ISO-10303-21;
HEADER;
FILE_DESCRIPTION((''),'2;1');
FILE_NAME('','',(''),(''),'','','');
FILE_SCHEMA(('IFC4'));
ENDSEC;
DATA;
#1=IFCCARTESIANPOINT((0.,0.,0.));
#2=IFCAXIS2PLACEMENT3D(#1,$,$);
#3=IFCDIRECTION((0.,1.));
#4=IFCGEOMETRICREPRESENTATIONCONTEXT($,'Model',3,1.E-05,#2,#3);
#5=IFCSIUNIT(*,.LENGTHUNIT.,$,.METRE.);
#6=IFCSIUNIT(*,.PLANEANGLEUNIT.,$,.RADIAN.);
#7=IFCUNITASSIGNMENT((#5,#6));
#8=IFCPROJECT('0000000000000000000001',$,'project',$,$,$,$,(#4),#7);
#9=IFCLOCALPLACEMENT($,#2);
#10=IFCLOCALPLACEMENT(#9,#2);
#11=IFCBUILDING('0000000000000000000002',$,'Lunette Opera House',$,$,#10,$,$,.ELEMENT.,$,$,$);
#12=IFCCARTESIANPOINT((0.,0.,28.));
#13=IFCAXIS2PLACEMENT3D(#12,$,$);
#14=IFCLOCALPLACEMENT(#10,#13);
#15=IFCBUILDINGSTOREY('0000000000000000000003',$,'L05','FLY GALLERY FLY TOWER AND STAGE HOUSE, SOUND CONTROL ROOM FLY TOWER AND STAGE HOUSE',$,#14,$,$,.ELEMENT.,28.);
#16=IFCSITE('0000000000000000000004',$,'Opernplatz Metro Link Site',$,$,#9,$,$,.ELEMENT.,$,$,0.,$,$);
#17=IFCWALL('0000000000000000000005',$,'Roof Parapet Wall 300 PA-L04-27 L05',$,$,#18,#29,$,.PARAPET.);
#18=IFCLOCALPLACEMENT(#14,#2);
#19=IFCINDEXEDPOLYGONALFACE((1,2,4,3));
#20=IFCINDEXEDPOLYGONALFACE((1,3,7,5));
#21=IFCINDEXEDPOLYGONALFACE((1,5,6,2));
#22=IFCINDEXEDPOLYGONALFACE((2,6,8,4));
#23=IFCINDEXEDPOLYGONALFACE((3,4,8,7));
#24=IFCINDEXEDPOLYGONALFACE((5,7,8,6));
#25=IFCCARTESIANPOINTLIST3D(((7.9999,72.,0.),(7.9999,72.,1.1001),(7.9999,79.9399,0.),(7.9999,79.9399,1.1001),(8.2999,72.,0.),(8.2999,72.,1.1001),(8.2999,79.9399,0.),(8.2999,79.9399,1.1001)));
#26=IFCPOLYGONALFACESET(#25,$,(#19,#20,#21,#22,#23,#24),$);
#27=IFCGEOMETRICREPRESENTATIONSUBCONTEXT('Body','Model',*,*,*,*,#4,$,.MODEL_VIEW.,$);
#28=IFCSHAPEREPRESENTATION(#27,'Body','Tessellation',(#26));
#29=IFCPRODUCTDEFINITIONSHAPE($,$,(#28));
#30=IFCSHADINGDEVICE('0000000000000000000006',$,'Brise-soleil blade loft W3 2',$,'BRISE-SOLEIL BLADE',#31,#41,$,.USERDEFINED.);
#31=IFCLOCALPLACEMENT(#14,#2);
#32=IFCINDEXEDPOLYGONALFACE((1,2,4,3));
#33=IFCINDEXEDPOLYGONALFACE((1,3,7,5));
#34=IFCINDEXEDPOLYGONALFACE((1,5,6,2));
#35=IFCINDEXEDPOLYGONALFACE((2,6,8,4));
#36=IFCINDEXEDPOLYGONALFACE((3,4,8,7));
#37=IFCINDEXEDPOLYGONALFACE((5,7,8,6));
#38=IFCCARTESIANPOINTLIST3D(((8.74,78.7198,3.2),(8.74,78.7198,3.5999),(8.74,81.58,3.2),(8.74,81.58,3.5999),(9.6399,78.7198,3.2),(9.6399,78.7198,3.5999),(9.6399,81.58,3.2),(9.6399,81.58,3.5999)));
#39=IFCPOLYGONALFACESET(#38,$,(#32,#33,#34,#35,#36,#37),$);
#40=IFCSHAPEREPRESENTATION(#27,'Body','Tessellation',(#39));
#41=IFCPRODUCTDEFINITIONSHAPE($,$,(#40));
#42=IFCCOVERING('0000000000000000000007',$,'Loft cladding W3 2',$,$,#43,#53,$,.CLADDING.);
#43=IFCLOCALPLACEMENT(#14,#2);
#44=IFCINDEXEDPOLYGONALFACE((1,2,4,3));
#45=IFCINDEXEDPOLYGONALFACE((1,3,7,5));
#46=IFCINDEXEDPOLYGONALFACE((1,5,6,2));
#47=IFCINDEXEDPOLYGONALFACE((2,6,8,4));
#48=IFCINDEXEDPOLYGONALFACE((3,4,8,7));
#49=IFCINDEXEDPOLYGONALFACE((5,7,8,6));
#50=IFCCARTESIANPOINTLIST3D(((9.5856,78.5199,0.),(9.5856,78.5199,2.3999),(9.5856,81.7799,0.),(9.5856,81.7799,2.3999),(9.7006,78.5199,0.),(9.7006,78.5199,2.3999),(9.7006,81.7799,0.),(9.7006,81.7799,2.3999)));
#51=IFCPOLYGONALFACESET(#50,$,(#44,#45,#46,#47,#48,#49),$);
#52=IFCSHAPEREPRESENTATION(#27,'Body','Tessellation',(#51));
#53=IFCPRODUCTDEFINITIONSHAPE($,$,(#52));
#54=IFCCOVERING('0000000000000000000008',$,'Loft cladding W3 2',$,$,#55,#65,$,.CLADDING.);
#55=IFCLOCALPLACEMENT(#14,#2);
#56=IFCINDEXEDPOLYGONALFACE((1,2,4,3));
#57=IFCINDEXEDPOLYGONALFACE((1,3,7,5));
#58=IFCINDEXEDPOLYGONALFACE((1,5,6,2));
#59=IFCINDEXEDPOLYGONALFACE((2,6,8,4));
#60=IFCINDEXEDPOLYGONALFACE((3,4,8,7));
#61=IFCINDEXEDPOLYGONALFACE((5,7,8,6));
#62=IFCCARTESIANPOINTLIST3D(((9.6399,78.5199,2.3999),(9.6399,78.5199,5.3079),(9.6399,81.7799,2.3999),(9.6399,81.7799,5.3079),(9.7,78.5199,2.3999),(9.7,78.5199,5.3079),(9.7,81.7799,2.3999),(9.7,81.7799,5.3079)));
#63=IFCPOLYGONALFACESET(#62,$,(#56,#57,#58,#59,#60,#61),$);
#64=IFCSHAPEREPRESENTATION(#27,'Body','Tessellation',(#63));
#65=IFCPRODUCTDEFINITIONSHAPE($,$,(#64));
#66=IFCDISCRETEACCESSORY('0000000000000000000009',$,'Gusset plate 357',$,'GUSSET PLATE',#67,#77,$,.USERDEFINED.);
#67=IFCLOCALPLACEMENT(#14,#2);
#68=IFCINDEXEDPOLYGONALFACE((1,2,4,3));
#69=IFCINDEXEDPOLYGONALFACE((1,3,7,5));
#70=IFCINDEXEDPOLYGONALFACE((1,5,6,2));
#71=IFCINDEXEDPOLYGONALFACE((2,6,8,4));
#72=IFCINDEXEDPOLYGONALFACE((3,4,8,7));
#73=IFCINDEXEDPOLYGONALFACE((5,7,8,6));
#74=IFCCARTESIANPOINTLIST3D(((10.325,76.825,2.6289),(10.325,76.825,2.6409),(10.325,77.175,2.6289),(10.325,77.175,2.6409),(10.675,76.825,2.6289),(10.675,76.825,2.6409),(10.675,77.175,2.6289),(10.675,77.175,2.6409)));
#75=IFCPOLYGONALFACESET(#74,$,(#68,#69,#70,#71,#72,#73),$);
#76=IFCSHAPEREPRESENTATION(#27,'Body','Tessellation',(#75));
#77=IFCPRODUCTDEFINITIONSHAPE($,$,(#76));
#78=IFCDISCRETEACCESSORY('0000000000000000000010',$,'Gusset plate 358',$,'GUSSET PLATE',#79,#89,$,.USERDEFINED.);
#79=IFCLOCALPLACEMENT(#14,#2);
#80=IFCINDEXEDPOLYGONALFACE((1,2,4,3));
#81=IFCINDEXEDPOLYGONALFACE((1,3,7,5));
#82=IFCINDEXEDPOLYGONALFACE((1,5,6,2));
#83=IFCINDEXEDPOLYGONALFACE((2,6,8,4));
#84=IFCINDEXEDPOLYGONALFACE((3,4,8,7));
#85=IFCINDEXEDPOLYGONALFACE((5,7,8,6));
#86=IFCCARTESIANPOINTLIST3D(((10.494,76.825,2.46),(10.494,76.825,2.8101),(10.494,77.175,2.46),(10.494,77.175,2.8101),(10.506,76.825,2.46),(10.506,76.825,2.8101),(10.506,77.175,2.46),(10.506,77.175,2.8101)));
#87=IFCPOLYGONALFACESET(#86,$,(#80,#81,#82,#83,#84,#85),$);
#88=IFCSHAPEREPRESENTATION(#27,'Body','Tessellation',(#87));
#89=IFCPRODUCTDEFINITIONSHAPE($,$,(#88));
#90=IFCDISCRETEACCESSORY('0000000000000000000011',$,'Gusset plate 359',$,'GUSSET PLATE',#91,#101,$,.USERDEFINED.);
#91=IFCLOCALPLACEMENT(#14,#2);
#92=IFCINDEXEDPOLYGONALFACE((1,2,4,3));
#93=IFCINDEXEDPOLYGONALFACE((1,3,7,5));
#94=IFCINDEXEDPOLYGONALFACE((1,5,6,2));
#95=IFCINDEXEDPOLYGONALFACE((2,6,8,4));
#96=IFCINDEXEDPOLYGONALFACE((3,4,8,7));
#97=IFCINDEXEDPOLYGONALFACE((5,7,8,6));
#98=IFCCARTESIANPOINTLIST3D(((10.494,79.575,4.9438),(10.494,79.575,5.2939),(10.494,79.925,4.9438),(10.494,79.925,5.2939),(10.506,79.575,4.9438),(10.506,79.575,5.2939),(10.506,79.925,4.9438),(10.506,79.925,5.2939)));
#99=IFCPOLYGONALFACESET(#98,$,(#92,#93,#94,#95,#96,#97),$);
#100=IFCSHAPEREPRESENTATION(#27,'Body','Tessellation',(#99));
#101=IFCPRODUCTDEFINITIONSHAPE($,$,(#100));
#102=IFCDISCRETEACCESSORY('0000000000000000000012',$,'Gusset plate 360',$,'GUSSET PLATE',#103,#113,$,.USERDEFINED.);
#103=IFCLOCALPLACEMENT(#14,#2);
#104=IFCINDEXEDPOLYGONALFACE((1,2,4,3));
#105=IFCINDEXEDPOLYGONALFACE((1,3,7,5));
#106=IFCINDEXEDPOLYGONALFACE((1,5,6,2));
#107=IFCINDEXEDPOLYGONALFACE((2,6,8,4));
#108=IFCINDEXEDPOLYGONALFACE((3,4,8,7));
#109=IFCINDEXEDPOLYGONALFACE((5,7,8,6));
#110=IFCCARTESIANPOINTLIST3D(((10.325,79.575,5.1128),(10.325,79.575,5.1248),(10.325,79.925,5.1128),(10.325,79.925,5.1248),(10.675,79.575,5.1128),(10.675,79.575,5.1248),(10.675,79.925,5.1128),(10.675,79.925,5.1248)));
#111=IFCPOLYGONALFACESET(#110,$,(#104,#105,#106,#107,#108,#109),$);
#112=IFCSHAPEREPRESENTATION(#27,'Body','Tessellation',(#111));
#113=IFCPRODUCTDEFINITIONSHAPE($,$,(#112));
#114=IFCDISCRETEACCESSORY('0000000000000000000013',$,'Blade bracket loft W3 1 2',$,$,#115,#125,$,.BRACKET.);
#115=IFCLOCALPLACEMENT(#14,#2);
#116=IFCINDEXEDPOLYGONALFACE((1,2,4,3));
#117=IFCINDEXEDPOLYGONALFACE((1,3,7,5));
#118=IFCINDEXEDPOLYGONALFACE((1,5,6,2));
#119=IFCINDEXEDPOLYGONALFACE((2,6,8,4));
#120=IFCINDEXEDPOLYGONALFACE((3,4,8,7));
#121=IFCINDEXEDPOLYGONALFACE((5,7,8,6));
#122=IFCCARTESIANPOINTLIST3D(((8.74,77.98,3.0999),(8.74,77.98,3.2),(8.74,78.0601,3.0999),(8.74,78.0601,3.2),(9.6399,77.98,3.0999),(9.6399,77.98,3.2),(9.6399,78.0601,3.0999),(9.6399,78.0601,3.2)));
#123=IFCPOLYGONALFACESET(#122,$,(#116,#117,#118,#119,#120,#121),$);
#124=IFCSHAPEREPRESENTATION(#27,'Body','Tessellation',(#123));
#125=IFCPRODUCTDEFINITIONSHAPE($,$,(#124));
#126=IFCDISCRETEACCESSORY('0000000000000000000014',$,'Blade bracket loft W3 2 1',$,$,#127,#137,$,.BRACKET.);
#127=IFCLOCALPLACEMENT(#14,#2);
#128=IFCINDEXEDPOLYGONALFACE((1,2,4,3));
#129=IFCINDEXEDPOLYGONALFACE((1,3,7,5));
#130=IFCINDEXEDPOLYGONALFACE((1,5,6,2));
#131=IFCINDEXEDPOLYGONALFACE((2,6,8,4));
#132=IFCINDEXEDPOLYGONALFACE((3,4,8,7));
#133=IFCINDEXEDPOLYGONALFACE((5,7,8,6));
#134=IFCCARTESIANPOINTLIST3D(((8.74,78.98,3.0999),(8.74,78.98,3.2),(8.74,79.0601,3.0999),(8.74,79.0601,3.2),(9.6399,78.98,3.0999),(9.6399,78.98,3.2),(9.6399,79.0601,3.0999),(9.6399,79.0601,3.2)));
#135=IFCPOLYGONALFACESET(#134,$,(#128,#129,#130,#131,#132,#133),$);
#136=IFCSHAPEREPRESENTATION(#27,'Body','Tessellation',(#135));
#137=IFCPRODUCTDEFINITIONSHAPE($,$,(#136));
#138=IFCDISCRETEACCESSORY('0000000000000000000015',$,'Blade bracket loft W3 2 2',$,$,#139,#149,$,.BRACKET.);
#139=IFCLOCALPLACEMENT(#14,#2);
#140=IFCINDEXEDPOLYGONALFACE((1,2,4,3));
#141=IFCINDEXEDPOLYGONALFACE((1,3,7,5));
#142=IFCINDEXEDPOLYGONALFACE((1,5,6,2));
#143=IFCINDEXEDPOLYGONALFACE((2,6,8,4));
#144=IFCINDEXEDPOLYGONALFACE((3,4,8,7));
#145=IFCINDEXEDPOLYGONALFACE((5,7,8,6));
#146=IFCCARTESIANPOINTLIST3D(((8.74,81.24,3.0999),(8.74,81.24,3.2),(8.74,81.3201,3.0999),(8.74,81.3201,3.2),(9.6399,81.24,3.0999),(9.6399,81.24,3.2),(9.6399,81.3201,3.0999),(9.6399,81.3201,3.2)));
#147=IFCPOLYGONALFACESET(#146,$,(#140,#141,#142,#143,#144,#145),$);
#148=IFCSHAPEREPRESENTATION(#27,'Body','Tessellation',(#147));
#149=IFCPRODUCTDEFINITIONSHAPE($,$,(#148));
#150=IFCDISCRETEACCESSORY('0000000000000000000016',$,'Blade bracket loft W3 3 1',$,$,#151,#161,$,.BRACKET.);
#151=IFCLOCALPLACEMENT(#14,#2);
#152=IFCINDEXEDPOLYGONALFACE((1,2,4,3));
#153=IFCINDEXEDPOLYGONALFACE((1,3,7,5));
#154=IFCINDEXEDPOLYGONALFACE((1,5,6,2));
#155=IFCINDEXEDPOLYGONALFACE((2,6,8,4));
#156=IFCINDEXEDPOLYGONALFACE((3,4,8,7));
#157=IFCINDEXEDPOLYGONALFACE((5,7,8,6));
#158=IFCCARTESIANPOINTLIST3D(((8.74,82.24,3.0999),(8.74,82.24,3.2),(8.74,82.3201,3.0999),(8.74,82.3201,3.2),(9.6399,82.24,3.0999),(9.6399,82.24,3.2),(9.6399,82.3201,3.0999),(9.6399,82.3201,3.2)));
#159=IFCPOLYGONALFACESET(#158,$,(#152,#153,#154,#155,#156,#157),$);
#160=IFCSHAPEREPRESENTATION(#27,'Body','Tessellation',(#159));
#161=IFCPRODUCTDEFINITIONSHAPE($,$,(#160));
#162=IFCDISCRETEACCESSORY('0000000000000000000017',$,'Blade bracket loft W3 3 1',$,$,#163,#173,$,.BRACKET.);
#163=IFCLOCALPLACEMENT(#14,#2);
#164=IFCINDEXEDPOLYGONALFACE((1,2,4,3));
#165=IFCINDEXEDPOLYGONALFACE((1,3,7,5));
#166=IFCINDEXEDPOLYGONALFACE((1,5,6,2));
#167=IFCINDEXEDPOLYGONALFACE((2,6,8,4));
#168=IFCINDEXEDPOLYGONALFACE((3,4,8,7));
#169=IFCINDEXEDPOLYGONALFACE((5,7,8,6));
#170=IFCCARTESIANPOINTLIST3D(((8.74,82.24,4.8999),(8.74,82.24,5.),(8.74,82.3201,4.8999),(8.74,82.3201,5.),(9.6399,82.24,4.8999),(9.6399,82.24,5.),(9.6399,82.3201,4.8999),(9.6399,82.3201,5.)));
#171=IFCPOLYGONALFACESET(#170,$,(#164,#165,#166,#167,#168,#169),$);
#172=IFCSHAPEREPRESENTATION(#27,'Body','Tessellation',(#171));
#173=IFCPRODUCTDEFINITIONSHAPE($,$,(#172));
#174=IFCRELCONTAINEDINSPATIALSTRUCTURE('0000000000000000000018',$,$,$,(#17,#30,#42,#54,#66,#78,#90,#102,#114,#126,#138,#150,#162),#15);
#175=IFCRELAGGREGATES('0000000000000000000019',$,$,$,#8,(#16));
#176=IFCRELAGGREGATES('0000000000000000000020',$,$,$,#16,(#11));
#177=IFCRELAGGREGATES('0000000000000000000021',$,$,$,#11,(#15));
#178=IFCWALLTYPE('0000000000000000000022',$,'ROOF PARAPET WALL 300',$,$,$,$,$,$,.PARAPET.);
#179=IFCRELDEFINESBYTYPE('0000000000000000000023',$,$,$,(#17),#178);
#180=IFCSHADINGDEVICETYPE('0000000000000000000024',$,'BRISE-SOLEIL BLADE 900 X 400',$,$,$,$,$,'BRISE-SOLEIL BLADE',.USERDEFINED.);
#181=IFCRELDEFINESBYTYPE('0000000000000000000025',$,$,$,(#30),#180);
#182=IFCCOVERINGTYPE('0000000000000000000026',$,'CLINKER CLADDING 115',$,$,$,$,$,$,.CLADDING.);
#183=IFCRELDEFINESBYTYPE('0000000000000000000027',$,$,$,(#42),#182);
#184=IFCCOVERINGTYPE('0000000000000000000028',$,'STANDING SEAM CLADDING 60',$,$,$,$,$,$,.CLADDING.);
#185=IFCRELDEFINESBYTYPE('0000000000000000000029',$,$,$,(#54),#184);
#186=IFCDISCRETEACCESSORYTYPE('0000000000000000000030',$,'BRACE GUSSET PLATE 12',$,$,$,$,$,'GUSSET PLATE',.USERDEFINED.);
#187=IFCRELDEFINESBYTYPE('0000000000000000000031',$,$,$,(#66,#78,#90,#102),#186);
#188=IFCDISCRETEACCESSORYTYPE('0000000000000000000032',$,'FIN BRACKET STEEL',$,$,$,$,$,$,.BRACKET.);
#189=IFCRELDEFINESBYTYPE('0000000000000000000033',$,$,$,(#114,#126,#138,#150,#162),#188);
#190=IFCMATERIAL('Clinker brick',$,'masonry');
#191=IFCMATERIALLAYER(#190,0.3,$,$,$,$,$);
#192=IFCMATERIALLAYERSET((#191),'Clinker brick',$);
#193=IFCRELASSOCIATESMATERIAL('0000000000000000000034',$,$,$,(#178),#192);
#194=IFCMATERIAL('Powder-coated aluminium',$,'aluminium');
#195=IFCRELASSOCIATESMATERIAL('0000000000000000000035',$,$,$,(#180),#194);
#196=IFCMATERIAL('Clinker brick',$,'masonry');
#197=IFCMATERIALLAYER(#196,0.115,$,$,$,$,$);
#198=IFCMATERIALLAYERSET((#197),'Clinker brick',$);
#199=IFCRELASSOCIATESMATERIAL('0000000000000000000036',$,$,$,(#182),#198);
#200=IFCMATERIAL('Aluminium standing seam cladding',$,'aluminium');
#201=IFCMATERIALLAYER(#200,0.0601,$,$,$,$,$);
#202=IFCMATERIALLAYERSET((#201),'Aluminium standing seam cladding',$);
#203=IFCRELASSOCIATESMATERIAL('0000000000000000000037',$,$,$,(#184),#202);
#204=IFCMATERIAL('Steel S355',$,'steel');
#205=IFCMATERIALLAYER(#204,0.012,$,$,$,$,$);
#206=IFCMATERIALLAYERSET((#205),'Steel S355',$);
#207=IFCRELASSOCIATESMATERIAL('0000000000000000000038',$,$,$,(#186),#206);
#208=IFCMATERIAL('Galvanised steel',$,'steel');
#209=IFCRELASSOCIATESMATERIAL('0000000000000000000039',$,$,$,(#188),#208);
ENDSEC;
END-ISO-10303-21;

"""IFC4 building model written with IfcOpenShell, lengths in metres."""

from ifc_helpers import new_model, si_unit, direction, frame, frame_2d, origin, origin_2d, place, context, subcontext, project, spatial, rectangle, extrude, material, layer, layer_set, type_object, element, save


model = new_model("IFC4")

# Units and contexts
model_context = context("Model", 3, precision=1e-05, world=origin(), true_north=direction((0.0, 1.0)))
body_context = subcontext(model_context, "Body", "Model", "MODEL_VIEW")
ifc_project = project(units=[si_unit("LENGTHUNIT", "METRE"), si_unit("PLANEANGLEUNIT", "RADIAN")], contexts=[model_context])

# Site, building, storey
site_placement = place(None, origin())
site = spatial("IfcSite", under=ifc_project, at=site_placement, Name="Opernplatz Metro Link Site", CompositionType="ELEMENT", RefElevation=0.0)
building_placement = place(site_placement, origin())
building = spatial("IfcBuilding", under=site, at=building_placement, Name="Lunette Opera House", CompositionType="ELEMENT")
storey_placement = place(building_placement, frame((0.0, 0.0, 28.0)))
storey = spatial("IfcBuildingStorey", under=building, at=storey_placement, Name="L05", Description="FLY GALLERY FLY TOWER AND STAGE HOUSE, SOUND CONTROL ROOM FLY TOWER AND STAGE HOUSE", CompositionType="ELEMENT", Elevation=28.0)

# Wall
ifc_material_1 = material(Name="Clinker brick", Category="masonry")
ifc_layer_1 = layer(ifc_material_1, 0.3)
ifc_layer_set_1 = layer_set([ifc_layer_1], Name="Clinker brick")
wall_type = type_object("IfcWallType", Name="ROOF PARAPET WALL 300", PredefinedType="PARAPET", material=ifc_layer_set_1)
wall_placement = place(storey_placement, frame((8.1499, 79.9399, 0.0), z_axis=(0.0, 0.0, 1.0), x_axis=(0.0, -1.0, 0.0)))
element("IfcWall", 1, at=wall_placement, inside=storey, type_object=wall_type, Name="Roof Parapet Wall 300 PA-L04-27 L05", PredefinedType="PARAPET", context=body_context, shape_type="SweptSolid", body=[
    extrude(rectangle(XDim=7.9399, YDim=0.3, at=frame_2d((3.97, 0.0))), origin(), (0.0, 0.0, 1.0), 1.1001),
])

# Shading device
ifc_material_2 = material(Name="Powder-coated aluminium", Category="aluminium")
shading_device_type = type_object("IfcShadingDeviceType", Name="BRISE-SOLEIL BLADE 900 X 400", ElementType="BRISE-SOLEIL BLADE", PredefinedType="USERDEFINED", material=ifc_material_2)
shading_device_placement = place(storey_placement, frame((9.1899, 80.1499, 3.2), z_axis=(0.0, 0.0, 1.0), x_axis=(-1.0, 0.0, 0.0)))
element("IfcShadingDevice", 2, at=shading_device_placement, inside=storey, type_object=shading_device_type, Name="Brise-soleil blade loft W3 2", ObjectType="BRISE-SOLEIL BLADE", PredefinedType="USERDEFINED", context=body_context, shape_type="SweptSolid", body=[
    extrude(rectangle(XDim=0.8999, YDim=2.8601, at=origin_2d()), origin(), (0.0, 0.0, 1.0), 0.3999),
])

# Coverings
ifc_material_3 = material(Name="Clinker brick", Category="masonry")
ifc_layer_2 = layer(ifc_material_3, 0.115)
ifc_layer_set_2 = layer_set([ifc_layer_2], Name="Clinker brick")
covering_type_1 = type_object("IfcCoveringType", Name="CLINKER CLADDING 115", PredefinedType="CLADDING", material=ifc_layer_set_2)
covering_1_placement = place(storey_placement, frame((9.6431, 80.1499, 0.0), z_axis=(0.0, 0.0, 1.0), x_axis=(0.0, 1.0, 0.0)))
element("IfcCovering", 3, at=covering_1_placement, inside=storey, type_object=covering_type_1, Name="Loft cladding W3 2", PredefinedType="CLADDING", context=body_context, shape_type="SweptSolid", body=[
    extrude(rectangle(XDim=3.26, YDim=0.115, at=origin_2d()), origin(), (0.0, 0.0, 1.0), 2.3999),
])
ifc_material_4 = material(Name="Aluminium standing seam cladding", Category="aluminium")
ifc_layer_3 = layer(ifc_material_4, 0.0601)
ifc_layer_set_3 = layer_set([ifc_layer_3], Name="Aluminium standing seam cladding")
covering_type_2 = type_object("IfcCoveringType", Name="STANDING SEAM CLADDING 60", PredefinedType="CLADDING", material=ifc_layer_set_3)
covering_2_placement = place(storey_placement, frame((9.6699, 80.1499, 2.3999), z_axis=(0.0, 0.0, 1.0), x_axis=(0.0, 1.0, 0.0)))
element("IfcCovering", 4, at=covering_2_placement, inside=storey, type_object=covering_type_2, Name="Loft cladding W3 2", PredefinedType="CLADDING", context=body_context, shape_type="SweptSolid", body=[
    extrude(rectangle(XDim=3.26, YDim=0.0601, at=origin_2d()), origin(), (0.0, 0.0, 1.0), 2.908),
])

# Discrete accessories
ifc_material_5 = material(Name="Steel S355", Category="steel")
ifc_layer_4 = layer(ifc_material_5, 0.012)
ifc_layer_set_4 = layer_set([ifc_layer_4], Name="Steel S355")
discrete_accessory_type_1 = type_object("IfcDiscreteAccessoryType", Name="BRACE GUSSET PLATE 12", ElementType="GUSSET PLATE", PredefinedType="USERDEFINED", material=ifc_layer_set_4)
discrete_accessory_1_placement = place(storey_placement, frame((10.5, 77.0, 2.6289), z_axis=(0.0, 0.0, 1.0), x_axis=(0.0, 1.0, 0.0)))
element("IfcDiscreteAccessory", 5, at=discrete_accessory_1_placement, inside=storey, type_object=discrete_accessory_type_1, Name="Gusset plate 357", ObjectType="GUSSET PLATE", PredefinedType="USERDEFINED", context=body_context, shape_type="SweptSolid", body=[
    extrude(rectangle(XDim=0.3501, YDim=0.3501, at=origin_2d()), origin(), (0.0, 0.0, 1.0), 0.012),
])
for number, where, z_axis, x_axis, name in (
    (6, (10.5, 77.0, 2.46), (0.0, 0.0, 1.0), (0.0, 1.0, 0.0), "Gusset plate 358"),
    (7, (10.5, 79.75, 4.9438), (0.0, 0.0, 1.0), (0.0, 1.0, 0.0), "Gusset plate 359"),
):
    element("IfcDiscreteAccessory", number, at=place(storey_placement, frame(where, z_axis=z_axis, x_axis=x_axis)), inside=storey, type_object=discrete_accessory_type_1, Name=name, ObjectType="GUSSET PLATE", PredefinedType="USERDEFINED", context=body_context, shape_type="SweptSolid", body=[
        extrude(rectangle(XDim=0.3501, YDim=0.012, at=origin_2d()), origin(), (0.0, 0.0, 1.0), 0.3501),
    ])
discrete_accessory_2_placement = place(storey_placement, frame((10.5, 79.75, 5.1128), z_axis=(0.0, 0.0, 1.0), x_axis=(0.0, 1.0, 0.0)))
element("IfcDiscreteAccessory", 8, at=discrete_accessory_2_placement, inside=storey, type_object=discrete_accessory_type_1, Name="Gusset plate 360", ObjectType="GUSSET PLATE", PredefinedType="USERDEFINED", context=body_context, shape_type="SweptSolid", body=[
    extrude(rectangle(XDim=0.3501, YDim=0.3501, at=origin_2d()), origin(), (0.0, 0.0, 1.0), 0.012),
])
ifc_material_6 = material(Name="Galvanised steel", Category="steel")
discrete_accessory_type_2 = type_object("IfcDiscreteAccessoryType", Name="FIN BRACKET STEEL", PredefinedType="BRACKET", material=ifc_material_6)
for number, where, z_axis, x_axis, name in (
    (9, (9.1899, 78.02, 3.0999), (0.0, 0.0, 1.0), (-1.0, 0.0, 0.0), "Blade bracket loft W3 1 2"),
    (10, (9.1899, 79.02, 3.0999), (0.0, 0.0, 1.0), (-1.0, 0.0, 0.0), "Blade bracket loft W3 2 1"),
    (11, (9.1899, 81.28, 3.0999), (0.0, 0.0, 1.0), (-1.0, 0.0, 0.0), "Blade bracket loft W3 2 2"),
    (12, (9.1899, 82.28, 3.0999), (0.0, 0.0, 1.0), (-1.0, 0.0, 0.0), "Blade bracket loft W3 3 1"),
    (13, (9.1899, 82.28, 4.8999), (0.0, 0.0, 1.0), (-1.0, 0.0, 0.0), "Blade bracket loft W3 3 1"),
):
    element("IfcDiscreteAccessory", number, at=place(storey_placement, frame(where, z_axis=z_axis, x_axis=x_axis)), inside=storey, type_object=discrete_accessory_type_2, Name=name, PredefinedType="BRACKET", context=body_context, shape_type="SweptSolid", body=[
        extrude(rectangle(XDim=0.8999, YDim=0.0801, at=origin_2d()), origin(), (0.0, 0.0, 1.0), 0.1001),
    ])

save(model, "model.ifc")
